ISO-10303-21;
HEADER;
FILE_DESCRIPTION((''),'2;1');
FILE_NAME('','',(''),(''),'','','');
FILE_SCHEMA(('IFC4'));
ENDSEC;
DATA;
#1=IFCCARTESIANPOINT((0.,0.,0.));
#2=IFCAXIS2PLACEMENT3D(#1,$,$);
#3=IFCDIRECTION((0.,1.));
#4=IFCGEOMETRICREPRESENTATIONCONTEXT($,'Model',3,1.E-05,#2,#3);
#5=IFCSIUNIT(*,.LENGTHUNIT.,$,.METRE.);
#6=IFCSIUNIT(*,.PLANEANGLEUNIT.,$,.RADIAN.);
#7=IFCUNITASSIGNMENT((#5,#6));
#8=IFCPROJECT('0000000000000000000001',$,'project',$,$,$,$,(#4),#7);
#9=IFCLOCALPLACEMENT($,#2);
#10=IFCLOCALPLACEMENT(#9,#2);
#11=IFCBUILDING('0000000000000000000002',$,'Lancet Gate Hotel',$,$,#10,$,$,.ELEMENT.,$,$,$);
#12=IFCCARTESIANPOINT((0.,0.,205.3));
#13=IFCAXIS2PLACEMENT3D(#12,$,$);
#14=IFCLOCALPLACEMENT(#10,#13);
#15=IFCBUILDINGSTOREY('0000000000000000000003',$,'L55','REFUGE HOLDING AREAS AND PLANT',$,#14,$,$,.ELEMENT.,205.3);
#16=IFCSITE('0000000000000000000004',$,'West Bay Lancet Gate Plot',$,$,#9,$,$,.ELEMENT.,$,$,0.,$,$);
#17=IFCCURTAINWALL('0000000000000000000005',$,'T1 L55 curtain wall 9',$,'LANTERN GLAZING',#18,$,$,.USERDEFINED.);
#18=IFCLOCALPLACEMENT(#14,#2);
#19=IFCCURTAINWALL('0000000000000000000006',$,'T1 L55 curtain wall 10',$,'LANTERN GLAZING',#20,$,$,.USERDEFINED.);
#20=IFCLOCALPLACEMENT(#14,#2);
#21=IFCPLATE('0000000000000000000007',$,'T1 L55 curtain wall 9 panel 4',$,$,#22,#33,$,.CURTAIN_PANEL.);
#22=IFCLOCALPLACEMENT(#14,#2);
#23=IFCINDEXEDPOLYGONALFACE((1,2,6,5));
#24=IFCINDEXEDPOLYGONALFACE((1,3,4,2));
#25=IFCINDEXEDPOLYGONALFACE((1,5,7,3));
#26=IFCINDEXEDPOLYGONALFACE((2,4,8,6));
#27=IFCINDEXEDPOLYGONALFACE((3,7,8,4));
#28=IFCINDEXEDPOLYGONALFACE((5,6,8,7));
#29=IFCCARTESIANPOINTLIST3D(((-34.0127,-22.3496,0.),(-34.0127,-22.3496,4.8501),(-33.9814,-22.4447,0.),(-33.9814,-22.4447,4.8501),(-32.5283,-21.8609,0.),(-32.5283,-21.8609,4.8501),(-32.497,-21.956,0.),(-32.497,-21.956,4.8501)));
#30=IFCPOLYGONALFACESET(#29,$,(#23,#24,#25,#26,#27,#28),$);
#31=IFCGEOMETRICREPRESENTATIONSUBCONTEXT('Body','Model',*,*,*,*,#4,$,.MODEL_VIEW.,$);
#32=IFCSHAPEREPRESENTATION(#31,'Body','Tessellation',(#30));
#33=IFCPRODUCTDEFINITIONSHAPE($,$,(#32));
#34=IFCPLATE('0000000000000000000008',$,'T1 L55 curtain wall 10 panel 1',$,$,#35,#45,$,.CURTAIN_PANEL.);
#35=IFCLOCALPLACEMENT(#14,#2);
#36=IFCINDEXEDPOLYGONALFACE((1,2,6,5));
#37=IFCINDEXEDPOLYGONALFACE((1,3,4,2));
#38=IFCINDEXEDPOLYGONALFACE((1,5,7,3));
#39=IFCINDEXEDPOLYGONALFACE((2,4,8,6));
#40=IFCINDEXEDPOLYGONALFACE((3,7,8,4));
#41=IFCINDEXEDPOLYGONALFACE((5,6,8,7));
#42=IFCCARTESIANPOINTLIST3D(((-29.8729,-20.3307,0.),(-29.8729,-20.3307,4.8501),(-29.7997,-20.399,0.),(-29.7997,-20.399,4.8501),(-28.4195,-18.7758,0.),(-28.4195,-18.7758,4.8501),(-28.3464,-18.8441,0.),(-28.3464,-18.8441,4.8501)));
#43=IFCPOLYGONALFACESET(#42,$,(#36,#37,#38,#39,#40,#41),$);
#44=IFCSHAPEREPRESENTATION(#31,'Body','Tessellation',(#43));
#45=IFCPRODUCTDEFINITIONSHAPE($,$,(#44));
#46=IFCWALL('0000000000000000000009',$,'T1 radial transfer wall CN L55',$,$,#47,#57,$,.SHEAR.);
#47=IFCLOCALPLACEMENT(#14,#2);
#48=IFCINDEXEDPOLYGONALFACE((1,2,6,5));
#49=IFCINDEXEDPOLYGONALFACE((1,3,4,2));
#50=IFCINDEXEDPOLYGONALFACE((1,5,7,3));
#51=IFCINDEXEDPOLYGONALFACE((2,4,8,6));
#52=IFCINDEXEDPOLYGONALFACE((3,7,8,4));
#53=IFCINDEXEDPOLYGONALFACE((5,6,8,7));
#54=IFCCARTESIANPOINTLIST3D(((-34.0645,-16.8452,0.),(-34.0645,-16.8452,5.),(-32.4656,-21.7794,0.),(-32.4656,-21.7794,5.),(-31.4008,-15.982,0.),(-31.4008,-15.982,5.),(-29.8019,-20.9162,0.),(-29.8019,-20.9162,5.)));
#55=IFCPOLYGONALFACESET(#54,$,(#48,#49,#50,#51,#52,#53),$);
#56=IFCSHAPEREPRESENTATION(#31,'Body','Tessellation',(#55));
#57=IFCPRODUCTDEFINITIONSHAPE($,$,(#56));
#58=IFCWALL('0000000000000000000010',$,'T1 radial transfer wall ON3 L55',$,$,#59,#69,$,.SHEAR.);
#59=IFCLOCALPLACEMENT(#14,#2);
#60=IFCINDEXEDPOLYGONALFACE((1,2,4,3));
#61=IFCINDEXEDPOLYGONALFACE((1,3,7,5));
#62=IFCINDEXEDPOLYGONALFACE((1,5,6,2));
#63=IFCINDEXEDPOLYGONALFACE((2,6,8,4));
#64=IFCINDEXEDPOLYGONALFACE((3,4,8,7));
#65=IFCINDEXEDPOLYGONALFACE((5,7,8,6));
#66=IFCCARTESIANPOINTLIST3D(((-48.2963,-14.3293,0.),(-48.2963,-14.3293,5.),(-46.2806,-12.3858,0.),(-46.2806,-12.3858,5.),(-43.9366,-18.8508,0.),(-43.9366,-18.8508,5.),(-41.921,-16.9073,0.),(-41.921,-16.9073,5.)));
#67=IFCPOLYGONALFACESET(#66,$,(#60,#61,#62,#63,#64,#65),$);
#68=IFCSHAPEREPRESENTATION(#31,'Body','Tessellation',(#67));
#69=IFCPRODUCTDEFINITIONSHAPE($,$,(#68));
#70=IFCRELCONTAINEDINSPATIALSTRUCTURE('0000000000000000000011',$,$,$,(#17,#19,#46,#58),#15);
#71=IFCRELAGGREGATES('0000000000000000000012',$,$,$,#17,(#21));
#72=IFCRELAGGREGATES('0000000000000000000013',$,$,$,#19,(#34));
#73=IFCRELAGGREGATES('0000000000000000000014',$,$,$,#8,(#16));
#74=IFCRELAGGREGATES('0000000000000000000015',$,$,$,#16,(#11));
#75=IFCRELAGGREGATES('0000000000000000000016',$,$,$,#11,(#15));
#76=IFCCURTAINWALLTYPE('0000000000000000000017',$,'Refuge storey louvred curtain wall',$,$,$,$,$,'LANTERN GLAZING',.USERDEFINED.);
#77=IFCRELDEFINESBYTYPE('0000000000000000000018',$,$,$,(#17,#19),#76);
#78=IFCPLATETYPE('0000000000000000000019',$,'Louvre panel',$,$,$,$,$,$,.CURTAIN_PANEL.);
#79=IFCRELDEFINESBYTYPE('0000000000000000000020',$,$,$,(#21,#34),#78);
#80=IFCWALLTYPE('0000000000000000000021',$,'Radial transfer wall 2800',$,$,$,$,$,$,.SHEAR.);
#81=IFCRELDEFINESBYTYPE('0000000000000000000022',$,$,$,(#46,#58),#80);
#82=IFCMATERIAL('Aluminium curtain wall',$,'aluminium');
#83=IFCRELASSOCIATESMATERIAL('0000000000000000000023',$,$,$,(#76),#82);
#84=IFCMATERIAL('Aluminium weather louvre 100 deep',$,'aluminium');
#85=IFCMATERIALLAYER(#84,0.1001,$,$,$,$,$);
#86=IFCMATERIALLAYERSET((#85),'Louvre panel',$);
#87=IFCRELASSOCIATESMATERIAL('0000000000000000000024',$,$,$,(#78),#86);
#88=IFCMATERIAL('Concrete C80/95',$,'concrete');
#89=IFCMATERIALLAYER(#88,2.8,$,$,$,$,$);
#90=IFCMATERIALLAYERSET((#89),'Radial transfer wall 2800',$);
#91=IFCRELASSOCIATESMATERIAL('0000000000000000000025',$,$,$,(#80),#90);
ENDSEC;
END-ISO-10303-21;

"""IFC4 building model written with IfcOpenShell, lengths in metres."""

from ifc_helpers import new_model, si_unit, direction, frame, frame_2d, origin, origin_2d, place, context, subcontext, project, spatial, rectangle, extrude, material, layer, layer_set, type_object, element, aggregate, save


model = new_model("IFC4")

# Units and contexts
model_context = context("Model", 3, precision=1e-05, world=origin(), true_north=direction((0.0, 1.0)))
body_context = subcontext(model_context, "Body", "Model", "MODEL_VIEW")
ifc_project = project(units=[si_unit("LENGTHUNIT", "METRE"), si_unit("PLANEANGLEUNIT", "RADIAN")], contexts=[model_context])

# Site, building, storey
site_placement = place(None, origin())
site = spatial("IfcSite", under=ifc_project, at=site_placement, Name="West Bay Lancet Gate Plot", CompositionType="ELEMENT", RefElevation=0.0)
building_placement = place(site_placement, origin())
building = spatial("IfcBuilding", under=site, at=building_placement, Name="Lancet Gate Hotel", CompositionType="ELEMENT")
storey_placement = place(building_placement, frame((0.0, 0.0, 205.3)))
storey = spatial("IfcBuildingStorey", under=building, at=storey_placement, Name="L55", Description="REFUGE HOLDING AREAS AND PLANT", CompositionType="ELEMENT", Elevation=205.3)

# Curtain wall
ifc_material_1 = material(Name="Aluminium curtain wall", Category="aluminium")
curtain_wall_type = type_object("IfcCurtainWallType", Name="Refuge storey louvred curtain wall", ElementType="LANTERN GLAZING", PredefinedType="USERDEFINED", material=ifc_material_1)
curtain_wall_1_placement = place(storey_placement, origin())
curtain_wall_1 = element("IfcCurtainWall", 1, at=curtain_wall_1_placement, inside=storey, type_object=curtain_wall_type, Name="T1 L55 curtain wall 9", ObjectType="LANTERN GLAZING", PredefinedType="USERDEFINED")

# Curtain wall
curtain_wall_2_placement = place(storey_placement, origin())
curtain_wall_2 = element("IfcCurtainWall", 2, at=curtain_wall_2_placement, inside=storey, type_object=curtain_wall_type, Name="T1 L55 curtain wall 10", ObjectType="LANTERN GLAZING", PredefinedType="USERDEFINED")

# Plates
ifc_material_2 = material(Name="Aluminium weather louvre 100 deep", Category="aluminium")
ifc_layer_1 = layer(ifc_material_2, 0.1001)
ifc_layer_set_1 = layer_set([ifc_layer_1], Name="Louvre panel")
plate_type = type_object("IfcPlateType", Name="Louvre panel", PredefinedType="CURTAIN_PANEL", material=ifc_layer_set_1)
plate_1_placement = place(storey_placement, frame((-33.2549, -22.1528, 0.0), z_axis=(0.0, 0.0, 1.0), x_axis=(0.949848, 0.312712, 0.0)))
plate_1 = element("IfcPlate", 3, at=plate_1_placement, type_object=plate_type, Name="T1 L55 curtain wall 9 panel 4", PredefinedType="CURTAIN_PANEL", context=body_context, shape_type="SweptSolid", body=[
    extrude(rectangle(XDim=1.5627, YDim=0.1001, at=origin_2d()), origin(), (0.0, 0.0, 1.0), 4.8501),
])
aggregate(curtain_wall_1, [plate_1])
plate_2_placement = place(storey_placement, frame((-29.1096, -19.5874, 0.0), z_axis=(0.0, 0.0, 1.0), x_axis=(0.682845, 0.730563, 0.0)))
plate_2 = element("IfcPlate", 4, at=plate_2_placement, type_object=plate_type, Name="T1 L55 curtain wall 10 panel 1", PredefinedType="CURTAIN_PANEL", context=body_context, shape_type="SweptSolid", body=[
    extrude(rectangle(XDim=2.1284, YDim=0.1001, at=origin_2d()), origin(), (0.0, 0.0, 1.0), 4.8501),
])
aggregate(curtain_wall_2, [plate_2])

# Walls
ifc_material_3 = material(Name="Concrete C80/95", Category="concrete")
ifc_layer_2 = layer(ifc_material_3, 2.8)
ifc_layer_set_2 = layer_set([ifc_layer_2], Name="Radial transfer wall 2800")
wall_type = type_object("IfcWallType", Name="Radial transfer wall 2800", PredefinedType="SHEAR", material=ifc_layer_set_2)
wall_1_placement = place(storey_placement, frame((-31.1338, -21.3477, 0.0), z_axis=(0.0, 0.0, 1.0), x_axis=(-0.308266, 0.9513, 0.0)))
element("IfcWall", 5, at=wall_1_placement, inside=storey, type_object=wall_type, Name="T1 radial transfer wall CN L55", PredefinedType="SHEAR", context=body_context, shape_type="SweptSolid", body=[
    extrude(rectangle(XDim=5.1868, YDim=2.8, at=frame_2d((2.5933, 0.0))), origin(), (0.0, 0.0, 1.0), 5.0),
])
wall_2_placement = place(storey_placement, frame((-42.9287, -17.8792, 0.0), z_axis=(0.0, 0.0, 1.0), x_axis=(-0.694104, 0.719875, 0.0)))
element("IfcWall", 6, at=wall_2_placement, inside=storey, type_object=wall_type, Name="T1 radial transfer wall ON3 L55", PredefinedType="SHEAR", context=body_context, shape_type="SweptSolid", body=[
    extrude(rectangle(XDim=6.281, YDim=2.8, at=frame_2d((3.1406, 0.0))), origin(), (0.0, 0.0, 1.0), 5.0),
])

save(model, "model.ifc")
